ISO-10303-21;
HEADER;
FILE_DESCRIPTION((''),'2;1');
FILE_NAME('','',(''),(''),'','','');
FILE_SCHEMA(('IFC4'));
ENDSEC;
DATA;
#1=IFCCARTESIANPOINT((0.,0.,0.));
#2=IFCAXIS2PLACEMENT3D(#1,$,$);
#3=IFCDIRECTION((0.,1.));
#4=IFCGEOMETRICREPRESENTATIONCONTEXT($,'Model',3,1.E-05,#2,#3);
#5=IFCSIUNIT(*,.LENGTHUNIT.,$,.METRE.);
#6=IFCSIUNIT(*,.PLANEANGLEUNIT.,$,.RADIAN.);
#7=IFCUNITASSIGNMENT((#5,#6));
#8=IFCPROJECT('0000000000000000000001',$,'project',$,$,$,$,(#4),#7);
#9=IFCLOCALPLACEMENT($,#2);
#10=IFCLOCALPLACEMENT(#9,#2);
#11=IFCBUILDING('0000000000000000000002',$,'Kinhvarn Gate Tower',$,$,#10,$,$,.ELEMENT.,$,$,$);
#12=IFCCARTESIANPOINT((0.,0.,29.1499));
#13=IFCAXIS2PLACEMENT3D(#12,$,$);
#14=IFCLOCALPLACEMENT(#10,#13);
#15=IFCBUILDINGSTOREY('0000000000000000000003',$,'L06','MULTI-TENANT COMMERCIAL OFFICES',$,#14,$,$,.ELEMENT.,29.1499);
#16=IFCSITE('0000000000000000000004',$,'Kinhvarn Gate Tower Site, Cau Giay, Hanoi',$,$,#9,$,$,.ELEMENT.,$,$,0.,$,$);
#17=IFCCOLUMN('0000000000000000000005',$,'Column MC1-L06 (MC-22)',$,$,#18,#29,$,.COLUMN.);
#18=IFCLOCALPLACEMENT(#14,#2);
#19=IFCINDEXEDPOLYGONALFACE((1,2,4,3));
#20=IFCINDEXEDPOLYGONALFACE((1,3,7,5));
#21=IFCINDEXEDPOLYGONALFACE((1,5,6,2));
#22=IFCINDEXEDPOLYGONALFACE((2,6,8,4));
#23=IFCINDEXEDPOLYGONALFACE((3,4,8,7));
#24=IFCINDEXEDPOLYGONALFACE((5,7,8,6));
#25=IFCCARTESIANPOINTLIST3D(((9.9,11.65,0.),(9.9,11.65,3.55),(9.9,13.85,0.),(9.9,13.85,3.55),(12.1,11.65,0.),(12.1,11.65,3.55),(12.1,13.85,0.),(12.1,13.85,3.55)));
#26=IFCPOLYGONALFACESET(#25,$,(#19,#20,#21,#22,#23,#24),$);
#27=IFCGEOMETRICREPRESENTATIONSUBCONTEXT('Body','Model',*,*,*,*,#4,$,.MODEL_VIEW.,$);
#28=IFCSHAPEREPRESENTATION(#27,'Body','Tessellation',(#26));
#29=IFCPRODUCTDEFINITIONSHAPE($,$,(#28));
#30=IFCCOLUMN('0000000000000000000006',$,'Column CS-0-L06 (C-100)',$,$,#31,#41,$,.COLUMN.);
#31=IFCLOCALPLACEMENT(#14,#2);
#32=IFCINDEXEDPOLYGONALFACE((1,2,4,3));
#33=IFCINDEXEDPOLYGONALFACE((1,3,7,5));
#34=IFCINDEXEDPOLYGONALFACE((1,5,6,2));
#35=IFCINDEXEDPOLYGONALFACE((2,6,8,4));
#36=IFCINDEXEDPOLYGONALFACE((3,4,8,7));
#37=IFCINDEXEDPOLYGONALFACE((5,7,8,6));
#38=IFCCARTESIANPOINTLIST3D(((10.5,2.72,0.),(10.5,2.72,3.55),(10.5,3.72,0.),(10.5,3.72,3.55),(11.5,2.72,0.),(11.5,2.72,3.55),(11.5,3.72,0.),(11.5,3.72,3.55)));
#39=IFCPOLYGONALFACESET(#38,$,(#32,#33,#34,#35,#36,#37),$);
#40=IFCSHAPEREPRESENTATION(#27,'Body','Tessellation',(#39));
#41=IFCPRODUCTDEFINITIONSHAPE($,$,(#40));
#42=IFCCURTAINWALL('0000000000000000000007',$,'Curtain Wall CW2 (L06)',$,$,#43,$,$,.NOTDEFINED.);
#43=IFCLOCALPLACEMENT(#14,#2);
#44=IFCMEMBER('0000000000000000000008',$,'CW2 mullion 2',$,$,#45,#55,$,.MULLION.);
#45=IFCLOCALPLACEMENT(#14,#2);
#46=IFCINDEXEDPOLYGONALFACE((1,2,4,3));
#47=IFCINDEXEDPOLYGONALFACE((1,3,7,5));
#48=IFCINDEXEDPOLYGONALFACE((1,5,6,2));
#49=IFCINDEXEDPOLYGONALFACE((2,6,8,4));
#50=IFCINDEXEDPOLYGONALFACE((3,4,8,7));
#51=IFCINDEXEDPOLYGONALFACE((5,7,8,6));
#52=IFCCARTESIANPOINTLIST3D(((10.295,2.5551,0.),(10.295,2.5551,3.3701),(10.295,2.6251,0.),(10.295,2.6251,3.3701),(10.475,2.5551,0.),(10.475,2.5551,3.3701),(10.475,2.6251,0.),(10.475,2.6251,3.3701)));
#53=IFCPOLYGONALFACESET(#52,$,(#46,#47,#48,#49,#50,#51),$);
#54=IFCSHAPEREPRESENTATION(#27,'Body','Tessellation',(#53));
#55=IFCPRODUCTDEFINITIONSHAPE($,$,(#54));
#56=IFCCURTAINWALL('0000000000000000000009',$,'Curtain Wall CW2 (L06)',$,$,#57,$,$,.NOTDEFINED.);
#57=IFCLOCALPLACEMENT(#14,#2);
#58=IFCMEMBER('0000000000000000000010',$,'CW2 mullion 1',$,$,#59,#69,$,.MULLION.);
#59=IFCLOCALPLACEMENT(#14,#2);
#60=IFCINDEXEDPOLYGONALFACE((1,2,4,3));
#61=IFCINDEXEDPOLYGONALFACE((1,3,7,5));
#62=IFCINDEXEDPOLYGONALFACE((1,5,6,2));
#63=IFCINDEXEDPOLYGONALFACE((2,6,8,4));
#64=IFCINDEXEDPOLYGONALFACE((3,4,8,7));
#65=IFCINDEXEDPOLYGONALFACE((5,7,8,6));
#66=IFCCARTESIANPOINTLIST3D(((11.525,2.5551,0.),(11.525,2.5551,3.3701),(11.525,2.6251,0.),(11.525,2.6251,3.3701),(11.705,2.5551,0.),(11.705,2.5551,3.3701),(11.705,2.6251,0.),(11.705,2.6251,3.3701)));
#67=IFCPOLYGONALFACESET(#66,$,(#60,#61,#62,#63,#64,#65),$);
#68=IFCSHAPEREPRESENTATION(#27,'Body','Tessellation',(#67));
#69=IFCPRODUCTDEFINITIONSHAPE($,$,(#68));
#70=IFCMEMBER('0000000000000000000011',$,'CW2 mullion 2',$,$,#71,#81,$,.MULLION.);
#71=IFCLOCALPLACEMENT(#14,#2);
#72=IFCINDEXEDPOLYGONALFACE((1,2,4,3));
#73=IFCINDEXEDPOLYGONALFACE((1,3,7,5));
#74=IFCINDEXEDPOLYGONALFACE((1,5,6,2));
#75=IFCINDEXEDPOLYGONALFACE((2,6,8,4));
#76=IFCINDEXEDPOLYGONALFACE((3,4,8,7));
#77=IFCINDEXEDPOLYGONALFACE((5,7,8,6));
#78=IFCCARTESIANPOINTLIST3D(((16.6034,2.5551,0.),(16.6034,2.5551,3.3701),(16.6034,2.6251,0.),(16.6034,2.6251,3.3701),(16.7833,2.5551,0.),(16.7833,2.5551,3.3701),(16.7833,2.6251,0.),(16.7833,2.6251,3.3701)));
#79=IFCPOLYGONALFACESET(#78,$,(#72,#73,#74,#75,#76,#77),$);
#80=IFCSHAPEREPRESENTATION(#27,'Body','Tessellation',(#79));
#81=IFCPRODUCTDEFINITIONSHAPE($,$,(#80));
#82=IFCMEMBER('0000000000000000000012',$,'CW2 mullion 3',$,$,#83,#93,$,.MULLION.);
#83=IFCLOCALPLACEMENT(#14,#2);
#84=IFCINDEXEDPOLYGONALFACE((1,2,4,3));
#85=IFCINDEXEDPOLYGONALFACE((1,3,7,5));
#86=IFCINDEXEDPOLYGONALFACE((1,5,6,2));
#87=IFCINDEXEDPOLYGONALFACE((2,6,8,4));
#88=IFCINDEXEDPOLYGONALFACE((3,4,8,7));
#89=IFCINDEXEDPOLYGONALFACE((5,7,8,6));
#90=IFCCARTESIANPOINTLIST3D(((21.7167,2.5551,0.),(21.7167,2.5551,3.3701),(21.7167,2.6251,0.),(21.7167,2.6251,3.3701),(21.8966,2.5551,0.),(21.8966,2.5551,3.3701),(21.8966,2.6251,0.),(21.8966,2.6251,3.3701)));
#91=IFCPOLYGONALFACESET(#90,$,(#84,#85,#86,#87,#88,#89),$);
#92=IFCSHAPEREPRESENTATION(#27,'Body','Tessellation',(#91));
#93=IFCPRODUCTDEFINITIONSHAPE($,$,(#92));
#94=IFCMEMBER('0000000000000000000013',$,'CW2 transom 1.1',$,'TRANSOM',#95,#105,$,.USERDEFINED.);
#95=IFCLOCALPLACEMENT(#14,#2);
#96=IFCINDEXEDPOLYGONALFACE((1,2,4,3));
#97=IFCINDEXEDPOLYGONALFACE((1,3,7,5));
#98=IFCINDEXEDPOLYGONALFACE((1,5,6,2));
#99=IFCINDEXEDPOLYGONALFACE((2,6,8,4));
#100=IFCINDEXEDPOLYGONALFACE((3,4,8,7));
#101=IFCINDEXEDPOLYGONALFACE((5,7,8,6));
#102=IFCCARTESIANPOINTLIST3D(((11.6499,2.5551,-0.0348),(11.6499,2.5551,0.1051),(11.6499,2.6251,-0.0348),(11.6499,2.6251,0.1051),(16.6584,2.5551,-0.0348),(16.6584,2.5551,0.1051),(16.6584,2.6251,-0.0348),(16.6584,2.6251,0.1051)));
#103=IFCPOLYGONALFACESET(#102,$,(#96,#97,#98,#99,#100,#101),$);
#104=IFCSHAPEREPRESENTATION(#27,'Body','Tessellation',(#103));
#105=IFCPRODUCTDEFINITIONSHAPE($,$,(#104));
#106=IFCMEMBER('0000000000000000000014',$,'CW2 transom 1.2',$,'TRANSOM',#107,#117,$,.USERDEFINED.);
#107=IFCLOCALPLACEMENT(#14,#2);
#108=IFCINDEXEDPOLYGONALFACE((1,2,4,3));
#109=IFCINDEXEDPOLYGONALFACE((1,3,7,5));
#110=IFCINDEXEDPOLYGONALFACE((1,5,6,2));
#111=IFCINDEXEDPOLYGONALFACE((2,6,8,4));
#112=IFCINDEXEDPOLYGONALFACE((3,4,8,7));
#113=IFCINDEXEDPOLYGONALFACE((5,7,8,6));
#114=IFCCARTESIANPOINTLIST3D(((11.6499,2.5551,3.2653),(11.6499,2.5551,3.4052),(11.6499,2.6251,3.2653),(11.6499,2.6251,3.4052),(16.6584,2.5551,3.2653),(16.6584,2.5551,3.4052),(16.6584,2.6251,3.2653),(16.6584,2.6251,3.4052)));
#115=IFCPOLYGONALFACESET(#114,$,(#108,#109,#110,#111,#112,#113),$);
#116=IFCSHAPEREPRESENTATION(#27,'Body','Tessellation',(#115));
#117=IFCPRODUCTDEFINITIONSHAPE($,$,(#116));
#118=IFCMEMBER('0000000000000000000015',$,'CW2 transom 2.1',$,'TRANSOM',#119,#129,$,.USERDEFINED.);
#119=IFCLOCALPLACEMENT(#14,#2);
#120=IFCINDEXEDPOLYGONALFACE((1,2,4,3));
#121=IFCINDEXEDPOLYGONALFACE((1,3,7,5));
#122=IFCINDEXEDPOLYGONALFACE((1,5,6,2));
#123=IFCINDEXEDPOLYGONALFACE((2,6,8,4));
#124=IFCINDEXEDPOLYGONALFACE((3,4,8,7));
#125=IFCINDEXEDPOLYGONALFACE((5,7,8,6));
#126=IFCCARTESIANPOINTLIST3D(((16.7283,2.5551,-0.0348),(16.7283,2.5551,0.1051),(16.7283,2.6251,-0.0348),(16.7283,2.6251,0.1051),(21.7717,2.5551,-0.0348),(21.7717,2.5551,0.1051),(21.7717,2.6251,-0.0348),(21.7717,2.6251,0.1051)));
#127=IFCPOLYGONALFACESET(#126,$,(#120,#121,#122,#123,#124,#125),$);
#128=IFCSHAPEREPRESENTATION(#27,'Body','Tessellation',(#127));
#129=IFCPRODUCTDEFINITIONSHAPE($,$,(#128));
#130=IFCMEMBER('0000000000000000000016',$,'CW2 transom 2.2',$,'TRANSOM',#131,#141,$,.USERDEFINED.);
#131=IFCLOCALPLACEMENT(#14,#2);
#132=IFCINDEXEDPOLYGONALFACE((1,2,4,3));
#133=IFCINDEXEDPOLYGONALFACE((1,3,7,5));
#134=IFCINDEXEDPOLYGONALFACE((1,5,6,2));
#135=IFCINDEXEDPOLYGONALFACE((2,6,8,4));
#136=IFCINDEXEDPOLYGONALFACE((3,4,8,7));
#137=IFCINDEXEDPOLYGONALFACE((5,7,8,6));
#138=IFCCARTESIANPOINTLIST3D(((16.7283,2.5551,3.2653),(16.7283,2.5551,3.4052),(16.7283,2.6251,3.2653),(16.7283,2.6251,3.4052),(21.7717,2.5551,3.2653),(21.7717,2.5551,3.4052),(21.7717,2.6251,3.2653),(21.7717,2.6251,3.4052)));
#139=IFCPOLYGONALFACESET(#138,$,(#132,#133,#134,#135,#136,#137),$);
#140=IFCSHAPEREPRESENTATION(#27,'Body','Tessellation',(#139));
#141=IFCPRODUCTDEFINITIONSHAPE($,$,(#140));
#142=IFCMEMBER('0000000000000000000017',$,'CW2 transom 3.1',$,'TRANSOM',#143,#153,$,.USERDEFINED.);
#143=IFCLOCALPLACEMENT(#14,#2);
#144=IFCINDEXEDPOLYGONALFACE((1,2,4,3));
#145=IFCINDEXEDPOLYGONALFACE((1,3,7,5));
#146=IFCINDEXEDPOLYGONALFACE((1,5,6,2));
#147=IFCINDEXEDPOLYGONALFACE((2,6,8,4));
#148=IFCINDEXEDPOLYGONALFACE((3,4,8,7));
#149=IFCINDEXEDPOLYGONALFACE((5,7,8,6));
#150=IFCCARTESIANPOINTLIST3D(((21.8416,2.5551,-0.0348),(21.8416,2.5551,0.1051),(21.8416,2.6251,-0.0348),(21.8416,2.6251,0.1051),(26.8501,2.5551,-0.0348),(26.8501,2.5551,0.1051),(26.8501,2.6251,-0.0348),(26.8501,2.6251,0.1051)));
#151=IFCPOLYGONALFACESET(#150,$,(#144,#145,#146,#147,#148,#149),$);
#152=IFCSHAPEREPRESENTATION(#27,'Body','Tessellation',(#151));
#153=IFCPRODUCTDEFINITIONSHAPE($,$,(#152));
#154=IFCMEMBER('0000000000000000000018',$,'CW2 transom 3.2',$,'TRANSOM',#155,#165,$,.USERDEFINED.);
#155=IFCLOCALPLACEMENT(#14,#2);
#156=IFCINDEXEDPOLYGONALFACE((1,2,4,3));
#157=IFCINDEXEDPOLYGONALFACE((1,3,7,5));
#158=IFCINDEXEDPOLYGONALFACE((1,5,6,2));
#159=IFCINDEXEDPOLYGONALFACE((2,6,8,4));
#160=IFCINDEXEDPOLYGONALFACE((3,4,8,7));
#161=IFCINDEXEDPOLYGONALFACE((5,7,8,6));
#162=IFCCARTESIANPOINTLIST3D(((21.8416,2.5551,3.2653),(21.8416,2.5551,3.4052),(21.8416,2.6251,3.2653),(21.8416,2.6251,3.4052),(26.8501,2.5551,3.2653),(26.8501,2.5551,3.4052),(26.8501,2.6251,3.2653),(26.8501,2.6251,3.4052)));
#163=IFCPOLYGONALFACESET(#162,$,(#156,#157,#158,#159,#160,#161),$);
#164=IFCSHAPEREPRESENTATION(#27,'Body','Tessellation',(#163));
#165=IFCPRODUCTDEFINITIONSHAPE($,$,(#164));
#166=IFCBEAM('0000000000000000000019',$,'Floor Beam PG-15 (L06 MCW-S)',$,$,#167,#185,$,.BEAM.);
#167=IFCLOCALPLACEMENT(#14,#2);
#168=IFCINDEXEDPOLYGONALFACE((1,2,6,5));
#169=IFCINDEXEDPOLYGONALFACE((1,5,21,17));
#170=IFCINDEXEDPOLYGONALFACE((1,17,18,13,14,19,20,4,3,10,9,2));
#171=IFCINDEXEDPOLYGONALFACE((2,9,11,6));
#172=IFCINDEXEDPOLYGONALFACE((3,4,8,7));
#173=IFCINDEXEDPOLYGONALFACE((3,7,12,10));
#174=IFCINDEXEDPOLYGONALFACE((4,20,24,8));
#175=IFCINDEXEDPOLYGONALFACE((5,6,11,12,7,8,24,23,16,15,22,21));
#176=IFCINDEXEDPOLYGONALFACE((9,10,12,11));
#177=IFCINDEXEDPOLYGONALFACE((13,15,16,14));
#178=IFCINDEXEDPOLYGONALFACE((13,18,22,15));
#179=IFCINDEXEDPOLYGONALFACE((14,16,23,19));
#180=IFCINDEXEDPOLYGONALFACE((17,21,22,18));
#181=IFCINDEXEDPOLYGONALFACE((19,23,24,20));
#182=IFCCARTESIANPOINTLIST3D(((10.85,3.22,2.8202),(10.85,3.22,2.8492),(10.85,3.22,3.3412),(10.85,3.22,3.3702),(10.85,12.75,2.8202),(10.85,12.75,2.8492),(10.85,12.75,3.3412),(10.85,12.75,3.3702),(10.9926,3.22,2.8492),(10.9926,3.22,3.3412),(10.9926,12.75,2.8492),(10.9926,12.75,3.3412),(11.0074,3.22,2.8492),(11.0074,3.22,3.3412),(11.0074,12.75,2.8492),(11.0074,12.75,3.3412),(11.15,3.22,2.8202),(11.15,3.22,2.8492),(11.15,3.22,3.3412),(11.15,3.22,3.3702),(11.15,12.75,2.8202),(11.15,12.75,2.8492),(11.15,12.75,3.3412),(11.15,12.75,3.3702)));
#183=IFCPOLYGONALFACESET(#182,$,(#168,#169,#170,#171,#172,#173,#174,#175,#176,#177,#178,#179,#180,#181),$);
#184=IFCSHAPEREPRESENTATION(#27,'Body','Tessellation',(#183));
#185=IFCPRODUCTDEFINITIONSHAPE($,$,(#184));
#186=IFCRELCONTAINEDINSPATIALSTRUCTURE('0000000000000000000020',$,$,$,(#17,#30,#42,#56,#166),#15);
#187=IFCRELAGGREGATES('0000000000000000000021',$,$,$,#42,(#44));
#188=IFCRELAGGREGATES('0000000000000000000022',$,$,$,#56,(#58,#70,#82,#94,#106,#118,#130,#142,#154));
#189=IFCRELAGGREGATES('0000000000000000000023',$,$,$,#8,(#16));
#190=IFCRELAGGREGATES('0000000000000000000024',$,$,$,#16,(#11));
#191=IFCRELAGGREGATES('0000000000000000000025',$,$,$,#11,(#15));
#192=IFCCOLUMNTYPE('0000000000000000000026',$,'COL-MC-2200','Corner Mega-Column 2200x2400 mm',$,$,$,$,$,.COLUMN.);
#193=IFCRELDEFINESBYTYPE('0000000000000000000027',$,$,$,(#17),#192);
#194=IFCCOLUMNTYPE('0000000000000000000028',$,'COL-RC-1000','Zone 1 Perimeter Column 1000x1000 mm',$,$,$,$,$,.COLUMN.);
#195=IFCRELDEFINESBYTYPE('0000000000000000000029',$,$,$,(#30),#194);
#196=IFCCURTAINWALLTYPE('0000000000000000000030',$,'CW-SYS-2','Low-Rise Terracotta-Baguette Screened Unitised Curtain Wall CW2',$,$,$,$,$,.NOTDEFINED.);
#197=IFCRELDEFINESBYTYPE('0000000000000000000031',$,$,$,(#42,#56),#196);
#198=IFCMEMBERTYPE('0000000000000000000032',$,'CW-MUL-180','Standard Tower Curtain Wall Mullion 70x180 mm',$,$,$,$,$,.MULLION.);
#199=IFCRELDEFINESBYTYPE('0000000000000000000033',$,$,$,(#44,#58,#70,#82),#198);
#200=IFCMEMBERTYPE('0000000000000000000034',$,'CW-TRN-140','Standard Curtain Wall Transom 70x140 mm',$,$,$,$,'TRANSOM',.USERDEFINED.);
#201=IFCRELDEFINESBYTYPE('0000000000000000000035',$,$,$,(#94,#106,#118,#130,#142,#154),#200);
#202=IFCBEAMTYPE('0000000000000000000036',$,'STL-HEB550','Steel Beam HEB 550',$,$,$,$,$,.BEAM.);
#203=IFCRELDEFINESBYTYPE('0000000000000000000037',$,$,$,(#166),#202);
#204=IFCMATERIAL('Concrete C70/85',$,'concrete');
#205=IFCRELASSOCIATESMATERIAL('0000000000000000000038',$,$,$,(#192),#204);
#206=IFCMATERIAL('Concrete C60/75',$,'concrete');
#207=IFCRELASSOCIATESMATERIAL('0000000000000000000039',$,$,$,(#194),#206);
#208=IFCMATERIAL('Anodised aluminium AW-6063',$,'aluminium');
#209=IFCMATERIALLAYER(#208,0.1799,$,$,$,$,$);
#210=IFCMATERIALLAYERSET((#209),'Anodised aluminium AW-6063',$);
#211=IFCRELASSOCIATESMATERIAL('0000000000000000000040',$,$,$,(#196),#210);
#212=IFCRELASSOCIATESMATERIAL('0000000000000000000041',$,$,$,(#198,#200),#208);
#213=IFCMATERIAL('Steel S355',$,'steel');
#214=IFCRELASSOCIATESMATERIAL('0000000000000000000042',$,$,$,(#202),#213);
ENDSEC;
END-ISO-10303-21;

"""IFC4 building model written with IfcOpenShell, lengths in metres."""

from ifc_helpers import new_model, si_unit, direction, frame, origin, origin_2d, place, context, subcontext, project, spatial, rectangle, i_section, extrude, material, layer, layer_set, material_profile, profile_set, type_object, element, aggregate, save


model = new_model("IFC4")

# Units and contexts
model_context = context("Model", 3, precision=1e-05, world=origin(), true_north=direction((0.0, 1.0)))
body_context = subcontext(model_context, "Body", "Model", "MODEL_VIEW")
ifc_project = project(units=[si_unit("LENGTHUNIT", "METRE"), si_unit("PLANEANGLEUNIT", "RADIAN")], contexts=[model_context])

# Site, building, storey
site_placement = place(None, origin())
site = spatial("IfcSite", under=ifc_project, at=site_placement, Name="Kinhvarn Gate Tower Site, Cau Giay, Hanoi", CompositionType="ELEMENT", RefElevation=0.0)
building_placement = place(site_placement, origin())
building = spatial("IfcBuilding", under=site, at=building_placement, Name="Kinhvarn Gate Tower", CompositionType="ELEMENT")
storey_placement = place(building_placement, frame((0.0, 0.0, 29.1499)))
storey = spatial("IfcBuildingStorey", under=building, at=storey_placement, Name="L06", Description="MULTI-TENANT COMMERCIAL OFFICES", CompositionType="ELEMENT", Elevation=29.1499)

# Columns
ifc_material_1 = material(Name="Concrete C70/85", Category="concrete")
ifc_material_profile_1 = material_profile(ifc_material_1, rectangle(XDim=2.2, YDim=2.2, at=origin_2d()), Name="RC 2200x2200")
ifc_profile_set_1 = profile_set([ifc_material_profile_1], Name="Concrete C70/85")
column_type_1 = type_object("IfcColumnType", Name="COL-MC-2200", Description="Corner Mega-Column 2200x2400 mm", PredefinedType="COLUMN", material=ifc_profile_set_1)
column_1_placement = place(storey_placement, frame((11.0, 12.75, 0.0), z_axis=(0.0, 0.0, 1.0), x_axis=(1.0, 0.0, 0.0)))
element("IfcColumn", 1, at=column_1_placement, inside=storey, type_object=column_type_1, Name="Column MC1-L06 (MC-22)", PredefinedType="COLUMN", context=body_context, shape_type="SweptSolid", body=[
    extrude(rectangle(XDim=2.2, YDim=2.2, at=origin_2d()), origin(), (0.0, 0.0, 1.0), 3.55),
])
ifc_material_2 = material(Name="Concrete C60/75", Category="concrete")
ifc_material_profile_2 = material_profile(ifc_material_2, rectangle(XDim=1.0, YDim=1.0, at=origin_2d()), Name="RC 1000x1000")
ifc_profile_set_2 = profile_set([ifc_material_profile_2], Name="Concrete C60/75")
column_type_2 = type_object("IfcColumnType", Name="COL-RC-1000", Description="Zone 1 Perimeter Column 1000x1000 mm", PredefinedType="COLUMN", material=ifc_profile_set_2)
column_2_placement = place(storey_placement, frame((11.0, 3.22, 0.0), z_axis=(0.0, 0.0, 1.0), x_axis=(1.0, 0.0, 0.0)))
element("IfcColumn", 2, at=column_2_placement, inside=storey, type_object=column_type_2, Name="Column CS-0-L06 (C-100)", PredefinedType="COLUMN", context=body_context, shape_type="SweptSolid", body=[
    extrude(rectangle(XDim=1.0, YDim=1.0, at=origin_2d()), origin(), (0.0, 0.0, 1.0), 3.55),
])

# Curtain wall, member
ifc_material_3 = material(Name="Anodised aluminium AW-6063", Category="aluminium")
ifc_layer_1 = layer(ifc_material_3, 0.1799)
ifc_layer_set_1 = layer_set([ifc_layer_1], Name="Anodised aluminium AW-6063")
curtain_wall_type = type_object("IfcCurtainWallType", Name="CW-SYS-2", Description="Low-Rise Terracotta-Baguette Screened Unitised Curtain Wall CW2", PredefinedType="NOTDEFINED", material=ifc_layer_set_1)
curtain_wall_1_placement = place(storey_placement, origin())
curtain_wall_1 = element("IfcCurtainWall", 3, at=curtain_wall_1_placement, inside=storey, type_object=curtain_wall_type, Name="Curtain Wall CW2 (L06)", PredefinedType="NOTDEFINED")
ifc_material_profile_3 = material_profile(ifc_material_3, rectangle(XDim=0.0701, YDim=0.1799, at=origin_2d()), Name="ALU 70x180")
ifc_profile_set_3 = profile_set([ifc_material_profile_3], Name="Anodised aluminium AW-6063")
member_type_1 = type_object("IfcMemberType", Name="CW-MUL-180", Description="Standard Tower Curtain Wall Mullion 70x180 mm", PredefinedType="MULLION", material=ifc_profile_set_3)
member_1_placement = place(storey_placement, frame((10.385, 2.5901, 0.0), z_axis=(0.0, 0.0, 1.0), x_axis=(0.0, 1.0, 0.0)))
member_1 = element("IfcMember", 4, at=member_1_placement, type_object=member_type_1, Name="CW2 mullion 2", PredefinedType="MULLION", context=body_context, shape_type="SweptSolid", body=[
    extrude(rectangle(XDim=0.0701, YDim=0.1799, at=origin_2d()), origin(), (0.0, 0.0, 1.0), 3.3701),
])
aggregate(curtain_wall_1, [member_1])

# Curtain wall, members
curtain_wall_2_placement = place(storey_placement, origin())
curtain_wall_2 = element("IfcCurtainWall", 5, at=curtain_wall_2_placement, inside=storey, type_object=curtain_wall_type, Name="Curtain Wall CW2 (L06)", PredefinedType="NOTDEFINED")
member_2_placement = place(storey_placement, frame((11.615, 2.5901, 0.0), z_axis=(0.0, 0.0, 1.0), x_axis=(0.0, 1.0, 0.0)))
member_2 = element("IfcMember", 6, at=member_2_placement, type_object=member_type_1, Name="CW2 mullion 1", PredefinedType="MULLION", context=body_context, shape_type="SweptSolid", body=[
    extrude(rectangle(XDim=0.0701, YDim=0.1799, at=origin_2d()), origin(), (0.0, 0.0, 1.0), 3.3701),
])
member_3_placement = place(storey_placement, frame((16.6934, 2.5901, 0.0), z_axis=(0.0, 0.0, 1.0), x_axis=(0.0, 1.0, 0.0)))
member_3 = element("IfcMember", 7, at=member_3_placement, type_object=member_type_1, Name="CW2 mullion 2", PredefinedType="MULLION", context=body_context, shape_type="SweptSolid", body=[
    extrude(rectangle(XDim=0.0701, YDim=0.1799, at=origin_2d()), origin(), (0.0, 0.0, 1.0), 3.3701),
])
member_4_placement = place(storey_placement, frame((21.8066, 2.5901, 0.0), z_axis=(0.0, 0.0, 1.0), x_axis=(0.0, 1.0, 0.0)))
member_4 = element("IfcMember", 8, at=member_4_placement, type_object=member_type_1, Name="CW2 mullion 3", PredefinedType="MULLION", context=body_context, shape_type="SweptSolid", body=[
    extrude(rectangle(XDim=0.0701, YDim=0.1799, at=origin_2d()), origin(), (0.0, 0.0, 1.0), 3.3701),
])
ifc_material_profile_4 = material_profile(ifc_material_3, rectangle(XDim=0.0701, YDim=0.1399, at=origin_2d()), Name="ALU 70x140")
ifc_profile_set_4 = profile_set([ifc_material_profile_4], Name="Anodised aluminium AW-6063")
member_type_2 = type_object("IfcMemberType", Name="CW-TRN-140", Description="Standard Curtain Wall Transom 70x140 mm", ElementType="TRANSOM", PredefinedType="USERDEFINED", material=ifc_profile_set_4)
member_5_placement = place(storey_placement, frame((11.6499, 2.5901, 0.0352), z_axis=(1.0, 0.0, 0.0), x_axis=(0.0, 1.0, 0.0)))
member_5 = element("IfcMember", 9, at=member_5_placement, type_object=member_type_2, Name="CW2 transom 1.1", ObjectType="TRANSOM", PredefinedType="USERDEFINED", context=body_context, shape_type="SweptSolid", body=[
    extrude(rectangle(XDim=0.0701, YDim=0.1399, at=origin_2d()), origin(), (0.0, 0.0, 1.0), 5.0085),
])
member_6_placement = place(storey_placement, frame((11.6499, 2.5901, 3.3352), z_axis=(1.0, 0.0, 0.0), x_axis=(0.0, 1.0, 0.0)))
member_6 = element("IfcMember", 10, at=member_6_placement, type_object=member_type_2, Name="CW2 transom 1.2", ObjectType="TRANSOM", PredefinedType="USERDEFINED", context=body_context, shape_type="SweptSolid", body=[
    extrude(rectangle(XDim=0.0701, YDim=0.1399, at=origin_2d()), origin(), (0.0, 0.0, 1.0), 5.0085),
])
member_7_placement = place(storey_placement, frame((16.7283, 2.5901, 0.0352), z_axis=(1.0, 0.0, 0.0), x_axis=(0.0, 1.0, 0.0)))
member_7 = element("IfcMember", 11, at=member_7_placement, type_object=member_type_2, Name="CW2 transom 2.1", ObjectType="TRANSOM", PredefinedType="USERDEFINED", context=body_context, shape_type="SweptSolid", body=[
    extrude(rectangle(XDim=0.0701, YDim=0.1399, at=origin_2d()), origin(), (0.0, 0.0, 1.0), 5.0435),
])
member_8_placement = place(storey_placement, frame((16.7283, 2.5901, 3.3352), z_axis=(1.0, 0.0, 0.0), x_axis=(0.0, 1.0, 0.0)))
member_8 = element("IfcMember", 12, at=member_8_placement, type_object=member_type_2, Name="CW2 transom 2.2", ObjectType="TRANSOM", PredefinedType="USERDEFINED", context=body_context, shape_type="SweptSolid", body=[
    extrude(rectangle(XDim=0.0701, YDim=0.1399, at=origin_2d()), origin(), (0.0, 0.0, 1.0), 5.0435),
])
member_9_placement = place(storey_placement, frame((21.8416, 2.5901, 0.0352), z_axis=(1.0, 0.0, 0.0), x_axis=(0.0, 1.0, 0.0)))
member_9 = element("IfcMember", 13, at=member_9_placement, type_object=member_type_2, Name="CW2 transom 3.1", ObjectType="TRANSOM", PredefinedType="USERDEFINED", context=body_context, shape_type="SweptSolid", body=[
    extrude(rectangle(XDim=0.0701, YDim=0.1399, at=origin_2d()), origin(), (0.0, 0.0, 1.0), 5.0085),
])
member_10_placement = place(storey_placement, frame((21.8416, 2.5901, 3.3352), z_axis=(1.0, 0.0, 0.0), x_axis=(0.0, 1.0, 0.0)))
member_10 = element("IfcMember", 14, at=member_10_placement, type_object=member_type_2, Name="CW2 transom 3.2", ObjectType="TRANSOM", PredefinedType="USERDEFINED", context=body_context, shape_type="SweptSolid", body=[
    extrude(rectangle(XDim=0.0701, YDim=0.1399, at=origin_2d()), origin(), (0.0, 0.0, 1.0), 5.0085),
])

# Beam
ifc_material_4 = material(Name="Steel S355", Category="steel")
ifc_material_profile_5 = material_profile(ifc_material_4, i_section(OverallWidth=0.3, OverallDepth=0.55, WebThickness=0.0149, FlangeThickness=0.0291, at=origin_2d()), Name="HEB 550")
ifc_profile_set_5 = profile_set([ifc_material_profile_5], Name="Steel S355")
beam_type_1 = type_object("IfcBeamType", Name="STL-HEB550", Description="Steel Beam HEB 550", PredefinedType="BEAM", material=ifc_profile_set_5)
beam_1_placement = place(storey_placement, frame((11.0, 3.22, 3.0952), z_axis=(0.0, 1.0, 0.0), x_axis=(-1.0, 0.0, 0.0)))
element("IfcBeam", 15, at=beam_1_placement, inside=storey, type_object=beam_type_1, Name="Floor Beam PG-15 (L06 MCW-S)", PredefinedType="BEAM", context=body_context, shape_type="SweptSolid", body=[
    extrude(i_section(OverallWidth=0.3, OverallDepth=0.55, WebThickness=0.0149, FlangeThickness=0.0291, at=origin_2d()), origin(), (0.0, 0.0, 1.0), 9.53),
])

aggregate(curtain_wall_2, [member_2, member_3, member_4, member_5, member_6, member_7, member_8, member_9, member_10])

save(model, "model.ifc")
